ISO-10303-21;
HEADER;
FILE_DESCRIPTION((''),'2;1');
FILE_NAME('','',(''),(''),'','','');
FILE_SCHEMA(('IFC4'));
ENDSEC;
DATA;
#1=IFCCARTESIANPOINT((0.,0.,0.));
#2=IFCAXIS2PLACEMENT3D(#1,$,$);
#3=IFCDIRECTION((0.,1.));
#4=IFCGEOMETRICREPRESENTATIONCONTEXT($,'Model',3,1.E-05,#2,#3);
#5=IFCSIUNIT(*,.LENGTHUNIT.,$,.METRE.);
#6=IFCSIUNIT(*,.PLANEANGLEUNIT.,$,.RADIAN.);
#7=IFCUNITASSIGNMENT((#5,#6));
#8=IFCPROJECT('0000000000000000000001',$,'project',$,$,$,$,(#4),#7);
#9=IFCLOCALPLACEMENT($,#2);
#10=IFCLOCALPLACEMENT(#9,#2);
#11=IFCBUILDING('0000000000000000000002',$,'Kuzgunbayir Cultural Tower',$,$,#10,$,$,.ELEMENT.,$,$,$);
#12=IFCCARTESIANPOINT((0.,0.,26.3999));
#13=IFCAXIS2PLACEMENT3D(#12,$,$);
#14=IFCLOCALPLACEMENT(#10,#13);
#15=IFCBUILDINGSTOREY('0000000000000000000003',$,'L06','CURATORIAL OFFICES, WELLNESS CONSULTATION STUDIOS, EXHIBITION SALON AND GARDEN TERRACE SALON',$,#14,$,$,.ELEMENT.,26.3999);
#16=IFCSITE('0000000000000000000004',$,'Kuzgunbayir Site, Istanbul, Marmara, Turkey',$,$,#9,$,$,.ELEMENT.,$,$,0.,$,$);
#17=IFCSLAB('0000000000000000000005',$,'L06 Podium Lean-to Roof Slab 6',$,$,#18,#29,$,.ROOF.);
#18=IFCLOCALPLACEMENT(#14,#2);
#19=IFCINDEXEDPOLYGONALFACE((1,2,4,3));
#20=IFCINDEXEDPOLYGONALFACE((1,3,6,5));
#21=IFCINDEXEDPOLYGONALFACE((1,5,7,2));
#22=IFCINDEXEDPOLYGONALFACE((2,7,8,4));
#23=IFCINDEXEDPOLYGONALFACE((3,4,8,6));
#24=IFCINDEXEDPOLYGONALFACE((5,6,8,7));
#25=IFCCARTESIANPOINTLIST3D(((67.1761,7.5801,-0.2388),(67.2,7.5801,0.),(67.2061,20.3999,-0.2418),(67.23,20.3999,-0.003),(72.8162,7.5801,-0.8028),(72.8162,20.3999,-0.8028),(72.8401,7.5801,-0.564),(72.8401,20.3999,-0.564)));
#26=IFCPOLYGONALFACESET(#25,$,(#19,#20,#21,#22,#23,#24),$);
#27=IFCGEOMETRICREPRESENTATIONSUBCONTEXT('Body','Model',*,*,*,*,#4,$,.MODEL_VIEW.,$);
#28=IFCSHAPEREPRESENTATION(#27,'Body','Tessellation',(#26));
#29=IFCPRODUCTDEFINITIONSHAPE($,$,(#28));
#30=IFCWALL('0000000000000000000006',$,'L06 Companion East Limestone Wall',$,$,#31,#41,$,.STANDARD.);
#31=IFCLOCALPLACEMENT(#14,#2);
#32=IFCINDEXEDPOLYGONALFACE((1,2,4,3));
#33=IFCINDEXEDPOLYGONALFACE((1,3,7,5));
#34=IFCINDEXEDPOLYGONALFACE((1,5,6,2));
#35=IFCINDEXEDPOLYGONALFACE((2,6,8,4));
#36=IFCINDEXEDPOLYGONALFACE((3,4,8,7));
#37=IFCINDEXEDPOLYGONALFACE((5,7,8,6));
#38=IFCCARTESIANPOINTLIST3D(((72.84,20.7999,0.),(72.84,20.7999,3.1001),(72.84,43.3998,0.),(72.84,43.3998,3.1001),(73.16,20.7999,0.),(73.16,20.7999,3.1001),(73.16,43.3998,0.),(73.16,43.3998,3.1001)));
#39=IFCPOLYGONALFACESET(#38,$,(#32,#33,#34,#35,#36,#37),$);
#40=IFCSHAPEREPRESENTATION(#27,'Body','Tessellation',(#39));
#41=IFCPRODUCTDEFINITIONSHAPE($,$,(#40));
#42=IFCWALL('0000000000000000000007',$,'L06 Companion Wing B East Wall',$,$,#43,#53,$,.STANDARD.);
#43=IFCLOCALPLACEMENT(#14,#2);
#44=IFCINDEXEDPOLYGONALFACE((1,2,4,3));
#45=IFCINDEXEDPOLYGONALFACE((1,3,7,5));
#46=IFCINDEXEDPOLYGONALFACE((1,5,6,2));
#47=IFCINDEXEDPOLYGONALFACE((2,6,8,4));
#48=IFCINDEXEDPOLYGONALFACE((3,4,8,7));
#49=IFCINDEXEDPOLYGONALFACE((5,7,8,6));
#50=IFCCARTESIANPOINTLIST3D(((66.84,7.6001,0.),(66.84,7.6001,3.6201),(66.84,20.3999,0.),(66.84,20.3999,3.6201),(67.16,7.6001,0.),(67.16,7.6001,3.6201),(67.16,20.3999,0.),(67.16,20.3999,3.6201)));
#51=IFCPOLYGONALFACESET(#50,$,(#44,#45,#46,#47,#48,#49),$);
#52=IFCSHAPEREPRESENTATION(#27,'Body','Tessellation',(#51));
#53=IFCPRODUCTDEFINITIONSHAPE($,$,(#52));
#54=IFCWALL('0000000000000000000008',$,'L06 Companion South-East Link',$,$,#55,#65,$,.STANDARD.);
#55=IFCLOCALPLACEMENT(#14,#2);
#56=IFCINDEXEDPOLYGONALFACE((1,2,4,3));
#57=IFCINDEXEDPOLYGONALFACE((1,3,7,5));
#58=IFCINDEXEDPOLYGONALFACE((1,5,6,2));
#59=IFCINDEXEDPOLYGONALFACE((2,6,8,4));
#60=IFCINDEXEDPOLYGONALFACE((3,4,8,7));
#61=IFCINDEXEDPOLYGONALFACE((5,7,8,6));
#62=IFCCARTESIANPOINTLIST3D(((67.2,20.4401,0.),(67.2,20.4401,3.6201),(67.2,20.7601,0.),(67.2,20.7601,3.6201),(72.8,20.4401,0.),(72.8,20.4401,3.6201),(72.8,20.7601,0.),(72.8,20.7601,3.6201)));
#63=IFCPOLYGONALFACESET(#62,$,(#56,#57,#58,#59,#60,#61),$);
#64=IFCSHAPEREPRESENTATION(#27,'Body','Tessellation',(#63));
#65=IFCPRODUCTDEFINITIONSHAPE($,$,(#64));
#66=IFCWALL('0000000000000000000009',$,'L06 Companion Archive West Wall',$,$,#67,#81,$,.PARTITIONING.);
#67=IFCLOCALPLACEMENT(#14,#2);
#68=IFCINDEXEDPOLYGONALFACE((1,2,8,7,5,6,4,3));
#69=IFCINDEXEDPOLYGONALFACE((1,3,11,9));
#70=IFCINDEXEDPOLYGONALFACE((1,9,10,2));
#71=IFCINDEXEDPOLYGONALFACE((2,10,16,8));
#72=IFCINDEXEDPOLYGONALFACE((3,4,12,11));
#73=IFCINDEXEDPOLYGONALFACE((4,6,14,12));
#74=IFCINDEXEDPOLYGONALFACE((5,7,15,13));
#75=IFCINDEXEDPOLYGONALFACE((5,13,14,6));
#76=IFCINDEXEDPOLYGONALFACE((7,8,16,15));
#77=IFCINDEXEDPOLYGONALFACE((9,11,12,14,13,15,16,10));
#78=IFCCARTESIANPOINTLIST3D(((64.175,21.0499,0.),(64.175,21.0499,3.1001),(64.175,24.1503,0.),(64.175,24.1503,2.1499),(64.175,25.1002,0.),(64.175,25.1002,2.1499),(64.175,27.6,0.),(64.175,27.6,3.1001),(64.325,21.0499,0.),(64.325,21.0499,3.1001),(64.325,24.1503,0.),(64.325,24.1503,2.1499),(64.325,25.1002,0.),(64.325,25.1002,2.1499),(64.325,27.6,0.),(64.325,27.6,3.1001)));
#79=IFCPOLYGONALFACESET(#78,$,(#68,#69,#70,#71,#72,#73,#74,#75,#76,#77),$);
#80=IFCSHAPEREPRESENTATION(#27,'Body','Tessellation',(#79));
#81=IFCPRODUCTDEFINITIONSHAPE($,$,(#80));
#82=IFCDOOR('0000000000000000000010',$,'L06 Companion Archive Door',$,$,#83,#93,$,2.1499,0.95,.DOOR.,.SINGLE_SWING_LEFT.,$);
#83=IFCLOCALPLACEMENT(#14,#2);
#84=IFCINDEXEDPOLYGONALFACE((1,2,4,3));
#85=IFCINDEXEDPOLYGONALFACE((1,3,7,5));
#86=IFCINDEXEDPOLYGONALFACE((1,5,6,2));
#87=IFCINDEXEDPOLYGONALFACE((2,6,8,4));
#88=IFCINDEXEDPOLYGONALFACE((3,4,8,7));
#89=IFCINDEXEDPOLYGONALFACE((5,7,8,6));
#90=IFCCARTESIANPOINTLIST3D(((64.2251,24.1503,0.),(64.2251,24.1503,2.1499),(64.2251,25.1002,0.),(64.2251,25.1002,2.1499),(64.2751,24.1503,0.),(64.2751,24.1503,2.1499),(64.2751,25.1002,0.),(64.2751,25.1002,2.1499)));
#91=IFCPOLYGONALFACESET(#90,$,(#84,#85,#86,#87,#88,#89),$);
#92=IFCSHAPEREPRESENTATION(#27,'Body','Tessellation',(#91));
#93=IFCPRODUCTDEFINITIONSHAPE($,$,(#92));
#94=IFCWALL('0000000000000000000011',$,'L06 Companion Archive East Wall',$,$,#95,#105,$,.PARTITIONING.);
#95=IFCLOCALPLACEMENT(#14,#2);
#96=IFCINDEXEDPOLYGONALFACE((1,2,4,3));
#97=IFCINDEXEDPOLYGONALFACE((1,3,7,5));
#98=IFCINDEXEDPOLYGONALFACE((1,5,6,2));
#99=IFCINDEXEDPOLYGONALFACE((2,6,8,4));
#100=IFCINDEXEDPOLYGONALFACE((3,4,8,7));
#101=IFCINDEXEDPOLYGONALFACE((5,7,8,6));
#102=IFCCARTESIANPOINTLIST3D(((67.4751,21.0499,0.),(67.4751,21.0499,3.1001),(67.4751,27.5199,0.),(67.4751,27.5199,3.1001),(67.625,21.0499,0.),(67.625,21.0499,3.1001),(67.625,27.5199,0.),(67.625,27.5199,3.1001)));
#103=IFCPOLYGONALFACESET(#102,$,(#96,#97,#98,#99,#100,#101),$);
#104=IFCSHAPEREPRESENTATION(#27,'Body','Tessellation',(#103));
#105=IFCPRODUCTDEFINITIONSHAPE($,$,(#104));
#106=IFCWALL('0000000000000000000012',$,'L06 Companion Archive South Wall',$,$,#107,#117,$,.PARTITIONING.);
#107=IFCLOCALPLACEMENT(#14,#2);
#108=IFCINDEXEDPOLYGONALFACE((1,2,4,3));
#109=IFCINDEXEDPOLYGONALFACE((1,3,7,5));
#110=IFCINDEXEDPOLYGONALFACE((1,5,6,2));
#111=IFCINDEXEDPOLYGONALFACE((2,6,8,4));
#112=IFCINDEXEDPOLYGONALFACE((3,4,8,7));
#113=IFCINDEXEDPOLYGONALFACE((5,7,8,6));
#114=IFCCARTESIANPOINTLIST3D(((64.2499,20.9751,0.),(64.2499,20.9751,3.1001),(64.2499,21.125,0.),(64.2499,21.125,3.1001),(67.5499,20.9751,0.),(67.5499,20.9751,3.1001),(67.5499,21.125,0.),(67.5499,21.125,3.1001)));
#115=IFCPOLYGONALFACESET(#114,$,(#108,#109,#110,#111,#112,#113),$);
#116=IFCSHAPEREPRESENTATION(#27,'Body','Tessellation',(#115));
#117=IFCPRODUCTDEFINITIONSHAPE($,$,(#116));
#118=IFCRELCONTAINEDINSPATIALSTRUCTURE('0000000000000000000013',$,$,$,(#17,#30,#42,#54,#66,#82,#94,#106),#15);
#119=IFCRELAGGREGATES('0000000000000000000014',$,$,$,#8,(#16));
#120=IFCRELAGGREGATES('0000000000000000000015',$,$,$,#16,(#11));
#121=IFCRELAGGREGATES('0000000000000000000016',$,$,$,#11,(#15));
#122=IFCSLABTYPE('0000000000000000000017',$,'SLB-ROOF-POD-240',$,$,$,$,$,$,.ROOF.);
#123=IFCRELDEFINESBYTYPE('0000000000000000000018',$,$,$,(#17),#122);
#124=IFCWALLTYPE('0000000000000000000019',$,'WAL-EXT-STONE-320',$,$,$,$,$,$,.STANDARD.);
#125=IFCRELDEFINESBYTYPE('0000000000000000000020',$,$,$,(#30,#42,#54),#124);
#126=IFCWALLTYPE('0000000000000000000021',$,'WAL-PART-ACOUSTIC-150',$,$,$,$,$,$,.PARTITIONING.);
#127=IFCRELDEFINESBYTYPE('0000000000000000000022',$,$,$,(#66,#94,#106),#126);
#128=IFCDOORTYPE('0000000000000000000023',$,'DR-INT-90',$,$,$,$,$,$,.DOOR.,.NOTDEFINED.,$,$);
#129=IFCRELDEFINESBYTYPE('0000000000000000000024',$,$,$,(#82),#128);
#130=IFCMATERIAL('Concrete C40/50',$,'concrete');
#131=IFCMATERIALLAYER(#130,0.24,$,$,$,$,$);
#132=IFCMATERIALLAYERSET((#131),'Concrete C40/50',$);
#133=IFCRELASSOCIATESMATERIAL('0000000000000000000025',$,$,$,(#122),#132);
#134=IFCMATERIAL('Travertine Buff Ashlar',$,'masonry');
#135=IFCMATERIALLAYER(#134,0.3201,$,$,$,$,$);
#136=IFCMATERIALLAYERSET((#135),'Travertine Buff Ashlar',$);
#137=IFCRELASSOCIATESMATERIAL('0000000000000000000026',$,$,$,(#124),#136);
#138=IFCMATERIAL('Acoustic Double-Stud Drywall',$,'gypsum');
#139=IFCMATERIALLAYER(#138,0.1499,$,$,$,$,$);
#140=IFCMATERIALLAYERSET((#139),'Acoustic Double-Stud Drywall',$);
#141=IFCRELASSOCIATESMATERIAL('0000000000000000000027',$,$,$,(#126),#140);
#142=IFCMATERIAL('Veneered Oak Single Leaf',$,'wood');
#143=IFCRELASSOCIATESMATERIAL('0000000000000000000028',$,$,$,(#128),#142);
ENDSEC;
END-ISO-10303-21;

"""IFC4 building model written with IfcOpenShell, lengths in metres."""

from ifc_helpers import new_model, si_unit, direction, frame, frame_2d, origin, place, context, subcontext, project, spatial, polyline, rectangle, outline, extrude, material, layer, layer_set, type_object, element, fill, save


model = new_model("IFC4")

# Units and contexts
model_context = context("Model", 3, precision=1e-05, world=origin(), true_north=direction((0.0, 1.0)))
body_context = subcontext(model_context, "Body", "Model", "MODEL_VIEW")
ifc_project = project(units=[si_unit("LENGTHUNIT", "METRE"), si_unit("PLANEANGLEUNIT", "RADIAN")], contexts=[model_context])

# Site, building, storey
site_placement = place(None, origin())
site = spatial("IfcSite", under=ifc_project, at=site_placement, Name="Kuzgunbayir Site, Istanbul, Marmara, Turkey", CompositionType="ELEMENT", RefElevation=0.0)
building_placement = place(site_placement, origin())
building = spatial("IfcBuilding", under=site, at=building_placement, Name="Kuzgunbayir Cultural Tower", CompositionType="ELEMENT")
storey_placement = place(building_placement, frame((0.0, 0.0, 26.3999)))
storey = spatial("IfcBuildingStorey", under=building, at=storey_placement, Name="L06", Description="CURATORIAL OFFICES, WELLNESS CONSULTATION STUDIOS, EXHIBITION SALON AND GARDEN TERRACE SALON", CompositionType="ELEMENT", Elevation=26.3999)

# Slab
ifc_material_1 = material(Name="Concrete C40/50", Category="concrete")
ifc_layer_1 = layer(ifc_material_1, 0.24)
ifc_layer_set_1 = layer_set([ifc_layer_1], Name="Concrete C40/50")
slab_type = type_object("IfcSlabType", Name="SLB-ROOF-POD-240", PredefinedType="ROOF", material=ifc_layer_set_1)
slab_placement = place(storey_placement, frame((67.2, 7.5801, 0.0), z_axis=(0.099502, -0.000003, 0.995037), x_axis=(0.995037, 0.0, -0.099502)))
element("IfcSlab", 1, at=slab_placement, inside=storey, type_object=slab_type, Name="L06 Podium Lean-to Roof Slab 6", PredefinedType="ROOF", context=body_context, shape_type="SweptSolid", body=[
    extrude(outline(polyline([(0.0, 0.0), (5.6683, 0.0), (5.6683, 12.8198), (0.0302, 12.8198), (0.0, 0.0)])), origin(), (0.0, 0.0, -1.0), 0.24),
])

# Walls
ifc_material_2 = material(Name="Travertine Buff Ashlar", Category="masonry")
ifc_layer_2 = layer(ifc_material_2, 0.3201)
ifc_layer_set_2 = layer_set([ifc_layer_2], Name="Travertine Buff Ashlar")
wall_type_1 = type_object("IfcWallType", Name="WAL-EXT-STONE-320", PredefinedType="STANDARD", material=ifc_layer_set_2)
wall_1_placement = place(storey_placement, frame((73.0, 20.8, 0.0), z_axis=(0.0, 0.0, 1.0), x_axis=(0.0, 1.0, 0.0)))
element("IfcWall", 2, at=wall_1_placement, inside=storey, type_object=wall_type_1, Name="L06 Companion East Limestone Wall", PredefinedType="STANDARD", context=body_context, shape_type="SweptSolid", body=[
    extrude(rectangle(XDim=22.5999, YDim=0.3201, at=frame_2d((11.2998, 0.0))), origin(), (0.0, 0.0, 1.0), 3.1001),
])
wall_2_placement = place(storey_placement, frame((67.0, 7.6001, 0.0), z_axis=(0.0, 0.0, 1.0), x_axis=(0.0, 1.0, 0.0)))
element("IfcWall", 3, at=wall_2_placement, inside=storey, type_object=wall_type_1, Name="L06 Companion Wing B East Wall", PredefinedType="STANDARD", context=body_context, shape_type="SweptSolid", body=[
    extrude(rectangle(XDim=12.7998, YDim=0.3201, at=frame_2d((6.3999, 0.0))), origin(), (0.0, 0.0, 1.0), 3.6201),
])
wall_3_placement = place(storey_placement, frame((67.2, 20.6001, 0.0), z_axis=(0.0, 0.0, 1.0), x_axis=(1.0, 0.0, 0.0)))
element("IfcWall", 4, at=wall_3_placement, inside=storey, type_object=wall_type_1, Name="L06 Companion South-East Link", PredefinedType="STANDARD", context=body_context, shape_type="SweptSolid", body=[
    extrude(rectangle(XDim=5.6001, YDim=0.3201, at=frame_2d((2.8, 0.0))), origin(), (0.0, 0.0, 1.0), 3.6201),
])

# Wall, opening, door
ifc_material_3 = material(Name="Acoustic Double-Stud Drywall", Category="gypsum")
ifc_layer_3 = layer(ifc_material_3, 0.1499)
ifc_layer_set_3 = layer_set([ifc_layer_3], Name="Acoustic Double-Stud Drywall")
wall_type_2 = type_object("IfcWallType", Name="WAL-PART-ACOUSTIC-150", PredefinedType="PARTITIONING", material=ifc_layer_set_3)
wall_4_placement = place(storey_placement, frame((64.25, 21.05, 0.0), z_axis=(0.0, 0.0, 1.0), x_axis=(0.0, 1.0, 0.0)))
wall_4 = element("IfcWall", 5, at=wall_4_placement, inside=storey, type_object=wall_type_2, Name="L06 Companion Archive West Wall", PredefinedType="PARTITIONING", context=body_context, shape_type="SweptSolid", body=[
    extrude(rectangle(XDim=6.55, YDim=0.1499, at=frame_2d((3.2749, 0.0))), origin(), (0.0, 0.0, 1.0), 3.1001),
])
opening_1_placement = place(wall_4_placement, frame((3.1001, 0.0, 0.0)))
opening_1 = element("IfcOpeningElement", 6, at=opening_1_placement, cuts=wall_4, PredefinedType="OPENING", context=body_context, shape_type="SweptSolid", body=[
    extrude(rectangle(XDim=0.95, YDim=2.1499, at=frame_2d((0.4751, 1.075))), frame((0.0, 0.085, 0.0), z_axis=(0.0, -1.0, 0.0), x_axis=(1.0, 0.0, 0.0)), (0.0, 0.0, 1.0), 0.1699),
])
ifc_material_4 = material(Name="Veneered Oak Single Leaf", Category="wood")
door_type_1 = type_object("IfcDoorType", Name="DR-INT-90", OperationType="NOTDEFINED", PredefinedType="DOOR", material=ifc_material_4)
door_1_placement = place(opening_1_placement, origin())
door_1 = element("IfcDoor", 7, at=door_1_placement, inside=storey, type_object=door_type_1, Name="L06 Companion Archive Door", OperationType="SINGLE_SWING_LEFT", OverallHeight=2.1499, OverallWidth=0.95, PredefinedType="DOOR", context=body_context, shape_type="SweptSolid", body=[
    extrude(rectangle(XDim=0.95, YDim=2.1499, at=frame_2d((0.4751, 1.075))), frame((0.0, 0.0249, 0.0), z_axis=(0.0, -1.0, 0.0), x_axis=(1.0, 0.0, 0.0)), (0.0, 0.0, 1.0), 0.05),
])
fill(opening_1, door_1)

# Walls
wall_5_placement = place(storey_placement, frame((67.55, 21.05, 0.0), z_axis=(0.0, 0.0, 1.0), x_axis=(0.0, 1.0, 0.0)))
element("IfcWall", 8, at=wall_5_placement, inside=storey, type_object=wall_type_2, Name="L06 Companion Archive East Wall", PredefinedType="PARTITIONING", context=body_context, shape_type="SweptSolid", body=[
    extrude(rectangle(XDim=6.47, YDim=0.1499, at=frame_2d((3.2349, 0.0))), origin(), (0.0, 0.0, 1.0), 3.1001),
])
wall_6_placement = place(storey_placement, frame((64.25, 21.05, 0.0), z_axis=(0.0, 0.0, 1.0), x_axis=(1.0, 0.0, 0.0)))
element("IfcWall", 9, at=wall_6_placement, inside=storey, type_object=wall_type_2, Name="L06 Companion Archive South Wall", PredefinedType="PARTITIONING", context=body_context, shape_type="SweptSolid", body=[
    extrude(rectangle(XDim=3.3, YDim=0.1499, at=frame_2d((1.6499, 0.0))), origin(), (0.0, 0.0, 1.0), 3.1001),
])

save(model, "model.ifc")
